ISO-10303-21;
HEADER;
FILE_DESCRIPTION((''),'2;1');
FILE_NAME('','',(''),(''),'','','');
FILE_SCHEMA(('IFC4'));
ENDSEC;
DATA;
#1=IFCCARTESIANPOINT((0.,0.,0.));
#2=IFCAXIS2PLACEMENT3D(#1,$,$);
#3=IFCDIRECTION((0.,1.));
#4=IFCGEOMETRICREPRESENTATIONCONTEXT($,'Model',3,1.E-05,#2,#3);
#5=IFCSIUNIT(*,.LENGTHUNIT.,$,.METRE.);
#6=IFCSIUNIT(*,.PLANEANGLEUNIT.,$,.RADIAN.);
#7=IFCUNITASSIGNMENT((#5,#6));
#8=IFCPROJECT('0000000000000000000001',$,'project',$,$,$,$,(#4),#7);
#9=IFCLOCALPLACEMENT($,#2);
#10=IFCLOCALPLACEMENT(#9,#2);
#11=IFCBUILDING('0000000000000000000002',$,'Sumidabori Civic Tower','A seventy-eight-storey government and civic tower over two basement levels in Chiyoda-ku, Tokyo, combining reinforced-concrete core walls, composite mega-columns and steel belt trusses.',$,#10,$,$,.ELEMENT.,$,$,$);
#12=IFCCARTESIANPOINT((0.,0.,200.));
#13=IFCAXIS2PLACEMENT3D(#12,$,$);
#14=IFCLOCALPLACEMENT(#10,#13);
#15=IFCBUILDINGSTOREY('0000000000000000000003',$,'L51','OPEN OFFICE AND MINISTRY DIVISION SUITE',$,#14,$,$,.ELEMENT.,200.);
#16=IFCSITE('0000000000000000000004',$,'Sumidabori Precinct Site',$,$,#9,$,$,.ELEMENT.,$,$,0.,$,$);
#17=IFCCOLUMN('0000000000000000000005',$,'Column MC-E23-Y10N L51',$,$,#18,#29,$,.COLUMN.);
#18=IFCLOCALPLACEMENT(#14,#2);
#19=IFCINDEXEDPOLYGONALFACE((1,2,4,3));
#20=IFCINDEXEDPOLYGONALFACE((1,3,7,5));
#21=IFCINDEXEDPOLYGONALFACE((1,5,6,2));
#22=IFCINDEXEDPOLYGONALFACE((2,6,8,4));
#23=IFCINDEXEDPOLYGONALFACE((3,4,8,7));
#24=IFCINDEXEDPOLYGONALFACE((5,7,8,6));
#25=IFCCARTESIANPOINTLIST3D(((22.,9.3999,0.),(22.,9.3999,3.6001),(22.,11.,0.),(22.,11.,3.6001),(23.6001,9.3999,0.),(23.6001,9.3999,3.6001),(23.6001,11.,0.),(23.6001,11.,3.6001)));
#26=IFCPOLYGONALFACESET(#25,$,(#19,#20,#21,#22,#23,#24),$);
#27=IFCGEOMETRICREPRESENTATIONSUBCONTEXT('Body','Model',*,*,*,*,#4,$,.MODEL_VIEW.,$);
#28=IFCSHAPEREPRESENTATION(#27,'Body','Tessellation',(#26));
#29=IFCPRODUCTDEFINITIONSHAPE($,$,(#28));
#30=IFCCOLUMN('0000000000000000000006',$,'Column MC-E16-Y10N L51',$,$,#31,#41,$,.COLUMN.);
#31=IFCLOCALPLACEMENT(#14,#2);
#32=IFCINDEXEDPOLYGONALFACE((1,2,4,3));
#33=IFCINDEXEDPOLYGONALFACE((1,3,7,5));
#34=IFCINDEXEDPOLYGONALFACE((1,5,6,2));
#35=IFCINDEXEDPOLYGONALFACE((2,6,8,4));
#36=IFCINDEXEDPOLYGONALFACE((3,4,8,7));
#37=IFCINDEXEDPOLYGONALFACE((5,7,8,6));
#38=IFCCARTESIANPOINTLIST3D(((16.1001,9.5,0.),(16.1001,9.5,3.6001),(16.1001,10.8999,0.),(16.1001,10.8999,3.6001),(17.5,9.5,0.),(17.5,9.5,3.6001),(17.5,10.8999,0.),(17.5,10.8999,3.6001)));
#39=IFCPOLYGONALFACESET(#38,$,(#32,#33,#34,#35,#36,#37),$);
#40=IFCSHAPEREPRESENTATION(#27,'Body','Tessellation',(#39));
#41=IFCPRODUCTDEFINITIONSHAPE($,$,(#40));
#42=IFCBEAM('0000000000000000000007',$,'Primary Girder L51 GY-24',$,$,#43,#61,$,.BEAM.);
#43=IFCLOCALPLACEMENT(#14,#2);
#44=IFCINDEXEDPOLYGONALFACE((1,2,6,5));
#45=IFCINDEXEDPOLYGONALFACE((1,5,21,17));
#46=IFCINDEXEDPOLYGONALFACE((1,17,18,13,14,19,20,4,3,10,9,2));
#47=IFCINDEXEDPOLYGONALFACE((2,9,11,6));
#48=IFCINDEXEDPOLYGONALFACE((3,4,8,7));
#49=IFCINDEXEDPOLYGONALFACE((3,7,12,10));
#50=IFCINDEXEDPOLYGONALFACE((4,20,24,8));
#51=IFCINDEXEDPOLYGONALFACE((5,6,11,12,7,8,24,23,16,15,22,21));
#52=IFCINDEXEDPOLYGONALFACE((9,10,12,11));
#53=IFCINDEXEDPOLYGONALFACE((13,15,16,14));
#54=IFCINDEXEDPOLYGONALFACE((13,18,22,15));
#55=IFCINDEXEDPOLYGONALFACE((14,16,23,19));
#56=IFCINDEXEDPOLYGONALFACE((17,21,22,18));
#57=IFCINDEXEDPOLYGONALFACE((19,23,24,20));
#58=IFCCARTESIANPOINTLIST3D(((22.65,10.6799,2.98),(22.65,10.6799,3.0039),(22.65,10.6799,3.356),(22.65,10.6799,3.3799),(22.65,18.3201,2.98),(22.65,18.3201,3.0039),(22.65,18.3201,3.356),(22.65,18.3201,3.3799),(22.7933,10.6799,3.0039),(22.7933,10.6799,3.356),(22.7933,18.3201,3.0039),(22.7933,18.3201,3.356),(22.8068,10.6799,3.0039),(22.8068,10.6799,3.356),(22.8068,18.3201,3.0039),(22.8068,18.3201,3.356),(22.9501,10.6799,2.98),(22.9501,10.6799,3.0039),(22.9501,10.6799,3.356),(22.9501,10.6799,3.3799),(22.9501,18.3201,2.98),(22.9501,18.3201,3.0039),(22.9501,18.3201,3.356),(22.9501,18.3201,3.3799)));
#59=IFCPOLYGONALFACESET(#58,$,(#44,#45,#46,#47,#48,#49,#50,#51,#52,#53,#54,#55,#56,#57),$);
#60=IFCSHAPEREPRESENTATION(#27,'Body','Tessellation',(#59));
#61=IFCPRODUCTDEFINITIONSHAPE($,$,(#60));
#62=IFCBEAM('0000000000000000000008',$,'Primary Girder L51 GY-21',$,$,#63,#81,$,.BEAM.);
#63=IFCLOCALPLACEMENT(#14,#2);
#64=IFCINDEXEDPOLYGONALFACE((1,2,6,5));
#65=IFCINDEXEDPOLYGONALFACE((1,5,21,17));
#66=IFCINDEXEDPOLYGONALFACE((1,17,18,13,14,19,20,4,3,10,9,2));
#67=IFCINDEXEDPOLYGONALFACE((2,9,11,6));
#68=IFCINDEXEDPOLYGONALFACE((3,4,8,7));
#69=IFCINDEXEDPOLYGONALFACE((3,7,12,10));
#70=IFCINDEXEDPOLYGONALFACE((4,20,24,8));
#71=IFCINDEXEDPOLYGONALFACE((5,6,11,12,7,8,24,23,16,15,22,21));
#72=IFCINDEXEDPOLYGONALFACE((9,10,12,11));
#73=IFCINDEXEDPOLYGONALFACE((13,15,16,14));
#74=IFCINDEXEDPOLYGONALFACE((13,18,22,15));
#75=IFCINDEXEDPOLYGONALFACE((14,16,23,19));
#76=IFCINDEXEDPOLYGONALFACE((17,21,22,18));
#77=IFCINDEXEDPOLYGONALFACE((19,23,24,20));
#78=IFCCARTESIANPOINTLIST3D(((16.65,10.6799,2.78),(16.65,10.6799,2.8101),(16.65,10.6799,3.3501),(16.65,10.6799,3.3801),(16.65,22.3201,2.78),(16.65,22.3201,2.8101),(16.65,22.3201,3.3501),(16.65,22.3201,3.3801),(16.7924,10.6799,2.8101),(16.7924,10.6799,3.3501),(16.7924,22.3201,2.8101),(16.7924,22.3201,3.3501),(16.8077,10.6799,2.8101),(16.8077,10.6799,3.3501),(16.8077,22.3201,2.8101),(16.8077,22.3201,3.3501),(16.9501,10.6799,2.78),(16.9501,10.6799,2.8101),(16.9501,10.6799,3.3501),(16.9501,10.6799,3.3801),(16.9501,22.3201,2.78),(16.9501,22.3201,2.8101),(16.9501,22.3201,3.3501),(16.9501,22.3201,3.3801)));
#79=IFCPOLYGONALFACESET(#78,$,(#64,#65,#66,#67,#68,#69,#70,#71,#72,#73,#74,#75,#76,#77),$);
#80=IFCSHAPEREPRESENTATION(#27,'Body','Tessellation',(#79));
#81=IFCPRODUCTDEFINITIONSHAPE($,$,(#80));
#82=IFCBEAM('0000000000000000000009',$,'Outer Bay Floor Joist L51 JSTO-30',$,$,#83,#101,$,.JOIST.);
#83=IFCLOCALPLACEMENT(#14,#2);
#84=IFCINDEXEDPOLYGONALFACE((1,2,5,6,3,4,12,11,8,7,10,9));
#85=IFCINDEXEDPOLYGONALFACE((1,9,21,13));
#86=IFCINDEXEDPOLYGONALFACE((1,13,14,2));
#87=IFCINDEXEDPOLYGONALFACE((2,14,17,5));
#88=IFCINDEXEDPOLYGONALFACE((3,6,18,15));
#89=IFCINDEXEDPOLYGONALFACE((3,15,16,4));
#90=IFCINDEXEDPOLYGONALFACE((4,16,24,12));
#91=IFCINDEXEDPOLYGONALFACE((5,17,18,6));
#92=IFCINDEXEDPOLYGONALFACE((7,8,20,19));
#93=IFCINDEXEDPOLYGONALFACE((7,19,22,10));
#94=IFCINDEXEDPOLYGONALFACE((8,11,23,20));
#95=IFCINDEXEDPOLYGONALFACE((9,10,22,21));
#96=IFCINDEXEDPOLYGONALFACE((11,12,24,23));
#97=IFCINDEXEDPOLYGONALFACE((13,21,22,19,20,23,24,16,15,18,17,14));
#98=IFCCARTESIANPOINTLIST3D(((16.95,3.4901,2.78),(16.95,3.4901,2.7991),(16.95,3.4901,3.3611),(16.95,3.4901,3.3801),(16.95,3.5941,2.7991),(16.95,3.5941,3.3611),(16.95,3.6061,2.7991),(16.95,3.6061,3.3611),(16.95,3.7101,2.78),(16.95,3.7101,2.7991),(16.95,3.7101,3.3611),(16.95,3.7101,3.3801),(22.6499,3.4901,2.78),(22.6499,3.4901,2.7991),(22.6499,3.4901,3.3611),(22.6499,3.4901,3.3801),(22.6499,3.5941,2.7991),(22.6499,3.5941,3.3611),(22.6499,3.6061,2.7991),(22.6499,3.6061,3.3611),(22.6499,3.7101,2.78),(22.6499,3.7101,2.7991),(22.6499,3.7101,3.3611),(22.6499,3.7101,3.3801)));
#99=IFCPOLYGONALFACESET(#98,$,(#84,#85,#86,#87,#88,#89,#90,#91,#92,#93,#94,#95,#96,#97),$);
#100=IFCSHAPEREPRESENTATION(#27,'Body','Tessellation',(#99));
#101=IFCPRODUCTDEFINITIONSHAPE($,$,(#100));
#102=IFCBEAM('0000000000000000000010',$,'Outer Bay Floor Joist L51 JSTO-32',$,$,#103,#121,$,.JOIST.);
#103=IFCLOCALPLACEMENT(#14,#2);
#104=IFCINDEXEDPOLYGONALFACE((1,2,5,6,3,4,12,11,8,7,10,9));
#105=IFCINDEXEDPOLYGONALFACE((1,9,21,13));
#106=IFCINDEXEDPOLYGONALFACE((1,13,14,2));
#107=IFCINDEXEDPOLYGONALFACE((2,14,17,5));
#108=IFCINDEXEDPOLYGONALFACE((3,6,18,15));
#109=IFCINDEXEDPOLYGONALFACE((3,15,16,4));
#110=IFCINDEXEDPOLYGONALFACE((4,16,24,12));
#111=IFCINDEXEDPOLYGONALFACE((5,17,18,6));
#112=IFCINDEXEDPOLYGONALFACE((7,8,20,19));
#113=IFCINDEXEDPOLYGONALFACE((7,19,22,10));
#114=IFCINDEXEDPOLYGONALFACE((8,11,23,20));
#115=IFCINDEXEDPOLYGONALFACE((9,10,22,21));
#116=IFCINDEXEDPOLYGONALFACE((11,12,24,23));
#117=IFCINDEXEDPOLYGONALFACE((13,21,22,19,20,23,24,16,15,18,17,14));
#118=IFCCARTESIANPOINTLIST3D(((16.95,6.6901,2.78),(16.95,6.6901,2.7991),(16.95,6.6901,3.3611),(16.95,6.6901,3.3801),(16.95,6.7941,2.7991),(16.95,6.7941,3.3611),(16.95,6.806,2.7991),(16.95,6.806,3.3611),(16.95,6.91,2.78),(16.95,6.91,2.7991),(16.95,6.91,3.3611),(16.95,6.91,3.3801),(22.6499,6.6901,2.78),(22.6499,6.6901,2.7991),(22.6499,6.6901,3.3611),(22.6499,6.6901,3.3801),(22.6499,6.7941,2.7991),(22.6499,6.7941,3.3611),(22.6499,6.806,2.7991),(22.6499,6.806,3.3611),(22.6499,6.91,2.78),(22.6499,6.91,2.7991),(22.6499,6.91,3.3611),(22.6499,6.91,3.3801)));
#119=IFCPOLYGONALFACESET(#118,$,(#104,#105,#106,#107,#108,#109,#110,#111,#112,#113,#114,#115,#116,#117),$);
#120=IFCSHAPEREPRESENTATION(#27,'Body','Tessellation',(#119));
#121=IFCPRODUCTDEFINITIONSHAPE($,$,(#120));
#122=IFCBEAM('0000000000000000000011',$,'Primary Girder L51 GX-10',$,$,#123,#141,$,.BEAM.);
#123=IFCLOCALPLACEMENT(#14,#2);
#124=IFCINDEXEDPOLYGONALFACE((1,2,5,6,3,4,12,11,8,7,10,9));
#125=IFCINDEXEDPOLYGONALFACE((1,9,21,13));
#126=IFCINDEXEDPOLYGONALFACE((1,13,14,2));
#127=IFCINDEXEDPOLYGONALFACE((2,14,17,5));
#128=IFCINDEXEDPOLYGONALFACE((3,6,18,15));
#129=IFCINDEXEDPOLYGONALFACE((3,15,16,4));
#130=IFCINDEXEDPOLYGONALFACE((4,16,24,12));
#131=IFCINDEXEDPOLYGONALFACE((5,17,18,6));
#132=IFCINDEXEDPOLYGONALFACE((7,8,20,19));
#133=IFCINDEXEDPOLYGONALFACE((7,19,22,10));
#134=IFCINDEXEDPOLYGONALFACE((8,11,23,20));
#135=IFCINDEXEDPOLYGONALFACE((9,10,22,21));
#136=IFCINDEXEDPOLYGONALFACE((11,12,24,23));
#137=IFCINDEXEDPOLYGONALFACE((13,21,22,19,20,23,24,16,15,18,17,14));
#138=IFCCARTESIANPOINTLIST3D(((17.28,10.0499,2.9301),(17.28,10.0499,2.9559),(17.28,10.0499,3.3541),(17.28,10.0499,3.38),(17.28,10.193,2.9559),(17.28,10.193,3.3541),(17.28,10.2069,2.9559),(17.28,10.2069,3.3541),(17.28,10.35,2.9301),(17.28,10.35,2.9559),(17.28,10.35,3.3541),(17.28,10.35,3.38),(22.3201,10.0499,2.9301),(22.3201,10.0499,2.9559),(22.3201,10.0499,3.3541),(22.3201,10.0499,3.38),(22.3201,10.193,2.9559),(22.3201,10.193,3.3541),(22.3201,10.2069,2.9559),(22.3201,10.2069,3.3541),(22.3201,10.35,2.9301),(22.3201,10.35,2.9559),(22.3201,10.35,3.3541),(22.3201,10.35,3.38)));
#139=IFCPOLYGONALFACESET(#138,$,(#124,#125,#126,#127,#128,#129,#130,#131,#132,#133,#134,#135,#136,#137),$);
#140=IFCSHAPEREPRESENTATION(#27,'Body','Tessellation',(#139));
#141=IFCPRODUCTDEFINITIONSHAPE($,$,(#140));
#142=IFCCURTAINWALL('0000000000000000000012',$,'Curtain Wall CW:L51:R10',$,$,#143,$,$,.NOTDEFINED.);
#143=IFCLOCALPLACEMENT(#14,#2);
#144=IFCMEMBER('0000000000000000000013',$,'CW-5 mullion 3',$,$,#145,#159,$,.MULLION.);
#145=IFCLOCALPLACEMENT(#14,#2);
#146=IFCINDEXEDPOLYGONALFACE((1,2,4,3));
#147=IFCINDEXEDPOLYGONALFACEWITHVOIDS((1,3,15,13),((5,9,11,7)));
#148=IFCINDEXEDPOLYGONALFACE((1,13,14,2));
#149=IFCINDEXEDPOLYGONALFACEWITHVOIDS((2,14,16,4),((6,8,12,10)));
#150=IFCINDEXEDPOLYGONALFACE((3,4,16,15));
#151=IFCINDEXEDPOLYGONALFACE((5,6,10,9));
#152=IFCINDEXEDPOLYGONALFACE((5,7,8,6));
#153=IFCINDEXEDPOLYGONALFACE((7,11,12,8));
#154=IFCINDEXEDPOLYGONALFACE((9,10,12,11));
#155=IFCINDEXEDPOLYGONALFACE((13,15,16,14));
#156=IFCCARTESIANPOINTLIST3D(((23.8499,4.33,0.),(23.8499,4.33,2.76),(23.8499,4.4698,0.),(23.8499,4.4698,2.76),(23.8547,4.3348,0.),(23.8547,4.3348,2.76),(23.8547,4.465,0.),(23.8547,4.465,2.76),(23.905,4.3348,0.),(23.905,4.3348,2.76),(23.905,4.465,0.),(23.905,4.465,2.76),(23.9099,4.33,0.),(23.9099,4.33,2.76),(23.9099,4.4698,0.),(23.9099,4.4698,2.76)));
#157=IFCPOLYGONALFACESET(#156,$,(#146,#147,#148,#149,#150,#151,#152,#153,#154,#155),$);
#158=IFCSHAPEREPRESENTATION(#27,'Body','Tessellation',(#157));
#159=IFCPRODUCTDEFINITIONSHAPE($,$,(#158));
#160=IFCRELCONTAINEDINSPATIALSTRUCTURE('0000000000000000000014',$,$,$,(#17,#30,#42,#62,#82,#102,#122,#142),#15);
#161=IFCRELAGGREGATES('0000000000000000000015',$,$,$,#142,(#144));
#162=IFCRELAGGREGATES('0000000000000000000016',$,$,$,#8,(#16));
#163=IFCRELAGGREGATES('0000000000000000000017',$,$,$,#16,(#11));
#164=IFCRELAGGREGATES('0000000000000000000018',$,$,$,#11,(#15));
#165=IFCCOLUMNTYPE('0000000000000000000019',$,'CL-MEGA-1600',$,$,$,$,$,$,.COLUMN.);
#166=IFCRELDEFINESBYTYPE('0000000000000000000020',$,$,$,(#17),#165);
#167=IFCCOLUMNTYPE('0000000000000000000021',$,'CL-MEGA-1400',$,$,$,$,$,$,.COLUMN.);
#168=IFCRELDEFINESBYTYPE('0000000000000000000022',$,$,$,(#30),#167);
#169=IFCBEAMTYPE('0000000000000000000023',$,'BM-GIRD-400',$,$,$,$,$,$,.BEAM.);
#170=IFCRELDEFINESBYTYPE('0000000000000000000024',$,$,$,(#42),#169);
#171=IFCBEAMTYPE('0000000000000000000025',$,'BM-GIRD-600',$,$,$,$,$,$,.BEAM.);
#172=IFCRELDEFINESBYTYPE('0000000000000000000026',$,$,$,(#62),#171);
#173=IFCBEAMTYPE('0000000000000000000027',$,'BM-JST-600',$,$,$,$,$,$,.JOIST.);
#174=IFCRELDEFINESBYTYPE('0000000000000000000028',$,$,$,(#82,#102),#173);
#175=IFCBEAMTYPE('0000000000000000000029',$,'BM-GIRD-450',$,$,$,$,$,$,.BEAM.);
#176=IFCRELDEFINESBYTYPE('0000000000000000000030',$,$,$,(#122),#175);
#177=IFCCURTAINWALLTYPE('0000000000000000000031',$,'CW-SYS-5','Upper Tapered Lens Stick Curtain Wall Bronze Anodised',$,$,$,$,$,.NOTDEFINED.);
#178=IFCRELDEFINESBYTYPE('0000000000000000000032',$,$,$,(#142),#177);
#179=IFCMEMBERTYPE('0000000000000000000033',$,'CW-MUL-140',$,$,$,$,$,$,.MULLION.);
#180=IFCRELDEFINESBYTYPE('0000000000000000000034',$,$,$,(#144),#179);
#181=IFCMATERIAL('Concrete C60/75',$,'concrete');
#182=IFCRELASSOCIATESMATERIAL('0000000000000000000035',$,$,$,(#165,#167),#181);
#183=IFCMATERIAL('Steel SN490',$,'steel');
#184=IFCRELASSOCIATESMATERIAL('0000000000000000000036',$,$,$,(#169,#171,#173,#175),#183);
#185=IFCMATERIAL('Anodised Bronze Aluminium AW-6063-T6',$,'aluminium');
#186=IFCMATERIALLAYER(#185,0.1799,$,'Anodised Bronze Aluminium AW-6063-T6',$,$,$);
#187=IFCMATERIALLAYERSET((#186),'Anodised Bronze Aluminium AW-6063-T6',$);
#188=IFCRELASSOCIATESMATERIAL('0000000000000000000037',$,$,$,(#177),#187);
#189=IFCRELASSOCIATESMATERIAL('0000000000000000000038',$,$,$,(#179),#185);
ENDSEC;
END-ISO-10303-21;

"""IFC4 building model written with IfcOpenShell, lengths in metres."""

from ifc_helpers import new_model, si_unit, direction, frame, origin, origin_2d, place, context, subcontext, project, spatial, rectangle, hollow_rectangle, i_section, extrude, source, transform, mapped, material, layer, layer_set, material_profile, profile_set, type_object, element, aggregate, save


model = new_model("IFC4")

# Units and contexts
model_context = context("Model", 3, precision=1e-05, world=origin(), true_north=direction((0.0, 1.0)))
body_context = subcontext(model_context, "Body", "Model", "MODEL_VIEW")
ifc_project = project(units=[si_unit("LENGTHUNIT", "METRE"), si_unit("PLANEANGLEUNIT", "RADIAN")], contexts=[model_context])

# Site, building, storey
site_placement = place(None, origin())
site = spatial("IfcSite", under=ifc_project, at=site_placement, Name="Sumidabori Precinct Site", CompositionType="ELEMENT", RefElevation=0.0)
building_placement = place(site_placement, origin())
building = spatial("IfcBuilding", under=site, at=building_placement, Name="Sumidabori Civic Tower", Description="A seventy-eight-storey government and civic tower over two basement levels in Chiyoda-ku, Tokyo, combining reinforced-concrete core walls, composite mega-columns and steel belt trusses.", CompositionType="ELEMENT")
storey_placement = place(building_placement, frame((0.0, 0.0, 200.0)))
storey = spatial("IfcBuildingStorey", under=building, at=storey_placement, Name="L51", Description="OPEN OFFICE AND MINISTRY DIVISION SUITE", CompositionType="ELEMENT", Elevation=200.0)

# Columns
ifc_material_1 = material(Name="Concrete C60/75", Category="concrete")
ifc_material_profile_1 = material_profile(ifc_material_1, rectangle(XDim=1.6001, YDim=1.6001, at=origin_2d()), Name="RC 1600x1600")
ifc_profile_set_1 = profile_set([ifc_material_profile_1], Name="Concrete C60/75")
column_type_1 = type_object("IfcColumnType", Name="CL-MEGA-1600", PredefinedType="COLUMN", material=ifc_profile_set_1)
shared_shape_1 = source(origin(), body_context, "Body", "SweptSolid", [
    extrude(rectangle(XDim=1.6001, YDim=1.6001, at=origin_2d()), origin(), (0.0, 0.0, 1.0), 3.6001),
])
column_1_placement = place(storey_placement, frame((22.8, 10.2, 0.0), z_axis=(0.0, 0.0, 1.0), x_axis=(1.0, 0.0, 0.0)))
element("IfcColumn", 1, at=column_1_placement, inside=storey, type_object=column_type_1, Name="Column MC-E23-Y10N L51", PredefinedType="COLUMN", context=body_context, shape_type="MappedRepresentation", body=[
    mapped(shared_shape_1, transform((0.0, 0.0, 0.0), x_axis=(1.0, 0.0, 0.0), y_axis=(0.0, 1.0, 0.0), z_axis=(0.0, 0.0, 1.0), scale=1.0)),
])
ifc_material_profile_2 = material_profile(ifc_material_1, rectangle(XDim=1.3999, YDim=1.3999, at=origin_2d()), Name="RC 1400x1400")
ifc_profile_set_2 = profile_set([ifc_material_profile_2], Name="Concrete C60/75")
column_type_2 = type_object("IfcColumnType", Name="CL-MEGA-1400", PredefinedType="COLUMN", material=ifc_profile_set_2)
shared_shape_2 = source(origin(), body_context, "Body", "SweptSolid", [
    extrude(rectangle(XDim=1.3999, YDim=1.3999, at=origin_2d()), origin(), (0.0, 0.0, 1.0), 3.6001),
])
column_2_placement = place(storey_placement, frame((16.8, 10.2, 0.0), z_axis=(0.0, 0.0, 1.0), x_axis=(1.0, 0.0, 0.0)))
element("IfcColumn", 2, at=column_2_placement, inside=storey, type_object=column_type_2, Name="Column MC-E16-Y10N L51", PredefinedType="COLUMN", context=body_context, shape_type="MappedRepresentation", body=[
    mapped(shared_shape_2, transform((0.0, 0.0, 0.0), x_axis=(1.0, 0.0, 0.0), y_axis=(0.0, 1.0, 0.0), z_axis=(0.0, 0.0, 1.0), scale=1.0)),
])

# Beams
ifc_material_2 = material(Name="Steel SN490", Category="steel")
ifc_material_profile_3 = material_profile(ifc_material_2, i_section(OverallWidth=0.3, OverallDepth=0.3999, WebThickness=0.0134, FlangeThickness=0.0239, at=origin_2d()), Name="HE 400 B")
ifc_profile_set_3 = profile_set([ifc_material_profile_3], Name="Steel SN490")
beam_type_1 = type_object("IfcBeamType", Name="BM-GIRD-400", PredefinedType="BEAM", material=ifc_profile_set_3)
shared_shape_3 = source(origin(), body_context, "Body", "SweptSolid", [
    extrude(i_section(OverallWidth=0.3, OverallDepth=0.3999, WebThickness=0.0134, FlangeThickness=0.0239, at=origin_2d()), origin(), (0.0, 0.0, 1.0), 7.6401),
])
beam_1_placement = place(storey_placement, frame((22.8, 10.6799, 3.1799), z_axis=(0.0, 1.0, 0.0), x_axis=(-1.0, 0.0, 0.0)))
element("IfcBeam", 3, at=beam_1_placement, inside=storey, type_object=beam_type_1, Name="Primary Girder L51 GY-24", PredefinedType="BEAM", context=body_context, shape_type="MappedRepresentation", body=[
    mapped(shared_shape_3, transform((0.0, 0.0, 0.0), x_axis=(1.0, 0.0, 0.0), y_axis=(0.0, 1.0, 0.0), z_axis=(0.0, 0.0, 1.0), scale=1.0)),
])
ifc_material_profile_4 = material_profile(ifc_material_2, i_section(OverallWidth=0.3, OverallDepth=0.6001, WebThickness=0.0154, FlangeThickness=0.03, at=origin_2d()), Name="HE 600 B")
ifc_profile_set_4 = profile_set([ifc_material_profile_4], Name="Steel SN490")
beam_type_2 = type_object("IfcBeamType", Name="BM-GIRD-600", PredefinedType="BEAM", material=ifc_profile_set_4)
shared_shape_4 = source(origin(), body_context, "Body", "SweptSolid", [
    extrude(i_section(OverallWidth=0.3, OverallDepth=0.6001, WebThickness=0.0154, FlangeThickness=0.03, at=origin_2d()), origin(), (0.0, 0.0, 1.0), 11.6401),
])
beam_2_placement = place(storey_placement, frame((16.8, 10.6799, 3.0801), z_axis=(0.0, 1.0, 0.0), x_axis=(-1.0, 0.0, 0.0)))
element("IfcBeam", 4, at=beam_2_placement, inside=storey, type_object=beam_type_2, Name="Primary Girder L51 GY-21", PredefinedType="BEAM", context=body_context, shape_type="MappedRepresentation", body=[
    mapped(shared_shape_4, transform((0.0, 0.0, 0.0), x_axis=(1.0, 0.0, 0.0), y_axis=(0.0, 1.0, 0.0), z_axis=(0.0, 0.0, 1.0), scale=1.0)),
])
ifc_material_profile_5 = material_profile(ifc_material_2, i_section(OverallWidth=0.22, OverallDepth=0.6001, WebThickness=0.012, FlangeThickness=0.019, at=origin_2d()), Name="IPE 600")
ifc_profile_set_5 = profile_set([ifc_material_profile_5], Name="Steel SN490")
beam_type_3 = type_object("IfcBeamType", Name="BM-JST-600", PredefinedType="JOIST", material=ifc_profile_set_5)
shared_shape_5 = source(origin(), body_context, "Body", "SweptSolid", [
    extrude(i_section(OverallWidth=0.22, OverallDepth=0.6001, WebThickness=0.012, FlangeThickness=0.019, at=origin_2d()), origin(), (0.0, 0.0, 1.0), 5.7),
])
for number, where, z_axis, x_axis, name in (
    (5, (16.95, 3.6001, 3.0801), (1.0, 0.0, 0.0), (0.0, 1.0, 0.0), "Outer Bay Floor Joist L51 JSTO-30"),
    (6, (16.95, 6.8, 3.0801), (1.0, 0.0, 0.0), (0.0, 1.0, 0.0), "Outer Bay Floor Joist L51 JSTO-32"),
):
    element("IfcBeam", number, at=place(storey_placement, frame(where, z_axis=z_axis, x_axis=x_axis)), inside=storey, type_object=beam_type_3, Name=name, PredefinedType="JOIST", context=body_context, shape_type="MappedRepresentation", body=[
        mapped(shared_shape_5, transform((0.0, 0.0, 0.0), x_axis=(1.0, 0.0, 0.0), y_axis=(0.0, 1.0, 0.0), z_axis=(0.0, 0.0, 1.0), scale=1.0)),
    ])
ifc_material_profile_6 = material_profile(ifc_material_2, i_section(OverallWidth=0.3, OverallDepth=0.45, WebThickness=0.0139, FlangeThickness=0.0259, at=origin_2d()), Name="HE 450 B")
ifc_profile_set_6 = profile_set([ifc_material_profile_6], Name="Steel SN490")
beam_type_4 = type_object("IfcBeamType", Name="BM-GIRD-450", PredefinedType="BEAM", material=ifc_profile_set_6)
shared_shape_6 = source(origin(), body_context, "Body", "SweptSolid", [
    extrude(i_section(OverallWidth=0.3, OverallDepth=0.45, WebThickness=0.0139, FlangeThickness=0.0259, at=origin_2d()), origin(), (0.0, 0.0, 1.0), 5.04),
])
beam_3_placement = place(storey_placement, frame((17.28, 10.2, 3.155), z_axis=(1.0, 0.0, 0.0), x_axis=(0.0, 1.0, 0.0)))
element("IfcBeam", 7, at=beam_3_placement, inside=storey, type_object=beam_type_4, Name="Primary Girder L51 GX-10", PredefinedType="BEAM", context=body_context, shape_type="MappedRepresentation", body=[
    mapped(shared_shape_6, transform((0.0, 0.0, 0.0), x_axis=(1.0, 0.0, 0.0), y_axis=(0.0, 1.0, 0.0), z_axis=(0.0, 0.0, 1.0), scale=1.0)),
])

# Curtain wall, member
ifc_material_3 = material(Name="Anodised Bronze Aluminium AW-6063-T6", Category="aluminium")
ifc_layer_1 = layer(ifc_material_3, 0.1799, Name="Anodised Bronze Aluminium AW-6063-T6")
ifc_layer_set_1 = layer_set([ifc_layer_1], Name="Anodised Bronze Aluminium AW-6063-T6")
curtain_wall_type = type_object("IfcCurtainWallType", Name="CW-SYS-5", Description="Upper Tapered Lens Stick Curtain Wall Bronze Anodised", PredefinedType="NOTDEFINED", material=ifc_layer_set_1)
curtain_wall_placement = place(storey_placement, origin())
curtain_wall = element("IfcCurtainWall", 8, at=curtain_wall_placement, inside=storey, type_object=curtain_wall_type, Name="Curtain Wall CW:L51:R10", PredefinedType="NOTDEFINED")
ifc_material_profile_7 = material_profile(ifc_material_3, hollow_rectangle(XDim=0.0601, YDim=0.1399, WallThickness=0.0049, at=origin_2d()), Name="ALU MULLION 140x60")
ifc_profile_set_7 = profile_set([ifc_material_profile_7], Name="Anodised Bronze Aluminium AW-6063-T6")
member_type_1 = type_object("IfcMemberType", Name="CW-MUL-140", PredefinedType="MULLION", material=ifc_profile_set_7)
shared_shape_7 = source(origin(), body_context, "Body", "SweptSolid", [
    extrude(hollow_rectangle(XDim=0.0601, YDim=0.1399, WallThickness=0.0049, at=origin_2d()), origin(), (0.0, 0.0, 1.0), 2.76),
])
member_1_placement = place(storey_placement, frame((23.8799, 4.3999, 0.0), z_axis=(0.0, 0.0, 1.0), x_axis=(-1.0, 0.0, 0.0)))
member_1 = element("IfcMember", 9, at=member_1_placement, type_object=member_type_1, Name="CW-5 mullion 3", PredefinedType="MULLION", context=body_context, shape_type="MappedRepresentation", body=[
    mapped(shared_shape_7, transform((0.0, 0.0, 0.0), x_axis=(1.0, 0.0, 0.0), y_axis=(0.0, 1.0, 0.0), z_axis=(0.0, 0.0, 1.0), scale=1.0)),
])
aggregate(curtain_wall, [member_1])

save(model, "model.ifc")
